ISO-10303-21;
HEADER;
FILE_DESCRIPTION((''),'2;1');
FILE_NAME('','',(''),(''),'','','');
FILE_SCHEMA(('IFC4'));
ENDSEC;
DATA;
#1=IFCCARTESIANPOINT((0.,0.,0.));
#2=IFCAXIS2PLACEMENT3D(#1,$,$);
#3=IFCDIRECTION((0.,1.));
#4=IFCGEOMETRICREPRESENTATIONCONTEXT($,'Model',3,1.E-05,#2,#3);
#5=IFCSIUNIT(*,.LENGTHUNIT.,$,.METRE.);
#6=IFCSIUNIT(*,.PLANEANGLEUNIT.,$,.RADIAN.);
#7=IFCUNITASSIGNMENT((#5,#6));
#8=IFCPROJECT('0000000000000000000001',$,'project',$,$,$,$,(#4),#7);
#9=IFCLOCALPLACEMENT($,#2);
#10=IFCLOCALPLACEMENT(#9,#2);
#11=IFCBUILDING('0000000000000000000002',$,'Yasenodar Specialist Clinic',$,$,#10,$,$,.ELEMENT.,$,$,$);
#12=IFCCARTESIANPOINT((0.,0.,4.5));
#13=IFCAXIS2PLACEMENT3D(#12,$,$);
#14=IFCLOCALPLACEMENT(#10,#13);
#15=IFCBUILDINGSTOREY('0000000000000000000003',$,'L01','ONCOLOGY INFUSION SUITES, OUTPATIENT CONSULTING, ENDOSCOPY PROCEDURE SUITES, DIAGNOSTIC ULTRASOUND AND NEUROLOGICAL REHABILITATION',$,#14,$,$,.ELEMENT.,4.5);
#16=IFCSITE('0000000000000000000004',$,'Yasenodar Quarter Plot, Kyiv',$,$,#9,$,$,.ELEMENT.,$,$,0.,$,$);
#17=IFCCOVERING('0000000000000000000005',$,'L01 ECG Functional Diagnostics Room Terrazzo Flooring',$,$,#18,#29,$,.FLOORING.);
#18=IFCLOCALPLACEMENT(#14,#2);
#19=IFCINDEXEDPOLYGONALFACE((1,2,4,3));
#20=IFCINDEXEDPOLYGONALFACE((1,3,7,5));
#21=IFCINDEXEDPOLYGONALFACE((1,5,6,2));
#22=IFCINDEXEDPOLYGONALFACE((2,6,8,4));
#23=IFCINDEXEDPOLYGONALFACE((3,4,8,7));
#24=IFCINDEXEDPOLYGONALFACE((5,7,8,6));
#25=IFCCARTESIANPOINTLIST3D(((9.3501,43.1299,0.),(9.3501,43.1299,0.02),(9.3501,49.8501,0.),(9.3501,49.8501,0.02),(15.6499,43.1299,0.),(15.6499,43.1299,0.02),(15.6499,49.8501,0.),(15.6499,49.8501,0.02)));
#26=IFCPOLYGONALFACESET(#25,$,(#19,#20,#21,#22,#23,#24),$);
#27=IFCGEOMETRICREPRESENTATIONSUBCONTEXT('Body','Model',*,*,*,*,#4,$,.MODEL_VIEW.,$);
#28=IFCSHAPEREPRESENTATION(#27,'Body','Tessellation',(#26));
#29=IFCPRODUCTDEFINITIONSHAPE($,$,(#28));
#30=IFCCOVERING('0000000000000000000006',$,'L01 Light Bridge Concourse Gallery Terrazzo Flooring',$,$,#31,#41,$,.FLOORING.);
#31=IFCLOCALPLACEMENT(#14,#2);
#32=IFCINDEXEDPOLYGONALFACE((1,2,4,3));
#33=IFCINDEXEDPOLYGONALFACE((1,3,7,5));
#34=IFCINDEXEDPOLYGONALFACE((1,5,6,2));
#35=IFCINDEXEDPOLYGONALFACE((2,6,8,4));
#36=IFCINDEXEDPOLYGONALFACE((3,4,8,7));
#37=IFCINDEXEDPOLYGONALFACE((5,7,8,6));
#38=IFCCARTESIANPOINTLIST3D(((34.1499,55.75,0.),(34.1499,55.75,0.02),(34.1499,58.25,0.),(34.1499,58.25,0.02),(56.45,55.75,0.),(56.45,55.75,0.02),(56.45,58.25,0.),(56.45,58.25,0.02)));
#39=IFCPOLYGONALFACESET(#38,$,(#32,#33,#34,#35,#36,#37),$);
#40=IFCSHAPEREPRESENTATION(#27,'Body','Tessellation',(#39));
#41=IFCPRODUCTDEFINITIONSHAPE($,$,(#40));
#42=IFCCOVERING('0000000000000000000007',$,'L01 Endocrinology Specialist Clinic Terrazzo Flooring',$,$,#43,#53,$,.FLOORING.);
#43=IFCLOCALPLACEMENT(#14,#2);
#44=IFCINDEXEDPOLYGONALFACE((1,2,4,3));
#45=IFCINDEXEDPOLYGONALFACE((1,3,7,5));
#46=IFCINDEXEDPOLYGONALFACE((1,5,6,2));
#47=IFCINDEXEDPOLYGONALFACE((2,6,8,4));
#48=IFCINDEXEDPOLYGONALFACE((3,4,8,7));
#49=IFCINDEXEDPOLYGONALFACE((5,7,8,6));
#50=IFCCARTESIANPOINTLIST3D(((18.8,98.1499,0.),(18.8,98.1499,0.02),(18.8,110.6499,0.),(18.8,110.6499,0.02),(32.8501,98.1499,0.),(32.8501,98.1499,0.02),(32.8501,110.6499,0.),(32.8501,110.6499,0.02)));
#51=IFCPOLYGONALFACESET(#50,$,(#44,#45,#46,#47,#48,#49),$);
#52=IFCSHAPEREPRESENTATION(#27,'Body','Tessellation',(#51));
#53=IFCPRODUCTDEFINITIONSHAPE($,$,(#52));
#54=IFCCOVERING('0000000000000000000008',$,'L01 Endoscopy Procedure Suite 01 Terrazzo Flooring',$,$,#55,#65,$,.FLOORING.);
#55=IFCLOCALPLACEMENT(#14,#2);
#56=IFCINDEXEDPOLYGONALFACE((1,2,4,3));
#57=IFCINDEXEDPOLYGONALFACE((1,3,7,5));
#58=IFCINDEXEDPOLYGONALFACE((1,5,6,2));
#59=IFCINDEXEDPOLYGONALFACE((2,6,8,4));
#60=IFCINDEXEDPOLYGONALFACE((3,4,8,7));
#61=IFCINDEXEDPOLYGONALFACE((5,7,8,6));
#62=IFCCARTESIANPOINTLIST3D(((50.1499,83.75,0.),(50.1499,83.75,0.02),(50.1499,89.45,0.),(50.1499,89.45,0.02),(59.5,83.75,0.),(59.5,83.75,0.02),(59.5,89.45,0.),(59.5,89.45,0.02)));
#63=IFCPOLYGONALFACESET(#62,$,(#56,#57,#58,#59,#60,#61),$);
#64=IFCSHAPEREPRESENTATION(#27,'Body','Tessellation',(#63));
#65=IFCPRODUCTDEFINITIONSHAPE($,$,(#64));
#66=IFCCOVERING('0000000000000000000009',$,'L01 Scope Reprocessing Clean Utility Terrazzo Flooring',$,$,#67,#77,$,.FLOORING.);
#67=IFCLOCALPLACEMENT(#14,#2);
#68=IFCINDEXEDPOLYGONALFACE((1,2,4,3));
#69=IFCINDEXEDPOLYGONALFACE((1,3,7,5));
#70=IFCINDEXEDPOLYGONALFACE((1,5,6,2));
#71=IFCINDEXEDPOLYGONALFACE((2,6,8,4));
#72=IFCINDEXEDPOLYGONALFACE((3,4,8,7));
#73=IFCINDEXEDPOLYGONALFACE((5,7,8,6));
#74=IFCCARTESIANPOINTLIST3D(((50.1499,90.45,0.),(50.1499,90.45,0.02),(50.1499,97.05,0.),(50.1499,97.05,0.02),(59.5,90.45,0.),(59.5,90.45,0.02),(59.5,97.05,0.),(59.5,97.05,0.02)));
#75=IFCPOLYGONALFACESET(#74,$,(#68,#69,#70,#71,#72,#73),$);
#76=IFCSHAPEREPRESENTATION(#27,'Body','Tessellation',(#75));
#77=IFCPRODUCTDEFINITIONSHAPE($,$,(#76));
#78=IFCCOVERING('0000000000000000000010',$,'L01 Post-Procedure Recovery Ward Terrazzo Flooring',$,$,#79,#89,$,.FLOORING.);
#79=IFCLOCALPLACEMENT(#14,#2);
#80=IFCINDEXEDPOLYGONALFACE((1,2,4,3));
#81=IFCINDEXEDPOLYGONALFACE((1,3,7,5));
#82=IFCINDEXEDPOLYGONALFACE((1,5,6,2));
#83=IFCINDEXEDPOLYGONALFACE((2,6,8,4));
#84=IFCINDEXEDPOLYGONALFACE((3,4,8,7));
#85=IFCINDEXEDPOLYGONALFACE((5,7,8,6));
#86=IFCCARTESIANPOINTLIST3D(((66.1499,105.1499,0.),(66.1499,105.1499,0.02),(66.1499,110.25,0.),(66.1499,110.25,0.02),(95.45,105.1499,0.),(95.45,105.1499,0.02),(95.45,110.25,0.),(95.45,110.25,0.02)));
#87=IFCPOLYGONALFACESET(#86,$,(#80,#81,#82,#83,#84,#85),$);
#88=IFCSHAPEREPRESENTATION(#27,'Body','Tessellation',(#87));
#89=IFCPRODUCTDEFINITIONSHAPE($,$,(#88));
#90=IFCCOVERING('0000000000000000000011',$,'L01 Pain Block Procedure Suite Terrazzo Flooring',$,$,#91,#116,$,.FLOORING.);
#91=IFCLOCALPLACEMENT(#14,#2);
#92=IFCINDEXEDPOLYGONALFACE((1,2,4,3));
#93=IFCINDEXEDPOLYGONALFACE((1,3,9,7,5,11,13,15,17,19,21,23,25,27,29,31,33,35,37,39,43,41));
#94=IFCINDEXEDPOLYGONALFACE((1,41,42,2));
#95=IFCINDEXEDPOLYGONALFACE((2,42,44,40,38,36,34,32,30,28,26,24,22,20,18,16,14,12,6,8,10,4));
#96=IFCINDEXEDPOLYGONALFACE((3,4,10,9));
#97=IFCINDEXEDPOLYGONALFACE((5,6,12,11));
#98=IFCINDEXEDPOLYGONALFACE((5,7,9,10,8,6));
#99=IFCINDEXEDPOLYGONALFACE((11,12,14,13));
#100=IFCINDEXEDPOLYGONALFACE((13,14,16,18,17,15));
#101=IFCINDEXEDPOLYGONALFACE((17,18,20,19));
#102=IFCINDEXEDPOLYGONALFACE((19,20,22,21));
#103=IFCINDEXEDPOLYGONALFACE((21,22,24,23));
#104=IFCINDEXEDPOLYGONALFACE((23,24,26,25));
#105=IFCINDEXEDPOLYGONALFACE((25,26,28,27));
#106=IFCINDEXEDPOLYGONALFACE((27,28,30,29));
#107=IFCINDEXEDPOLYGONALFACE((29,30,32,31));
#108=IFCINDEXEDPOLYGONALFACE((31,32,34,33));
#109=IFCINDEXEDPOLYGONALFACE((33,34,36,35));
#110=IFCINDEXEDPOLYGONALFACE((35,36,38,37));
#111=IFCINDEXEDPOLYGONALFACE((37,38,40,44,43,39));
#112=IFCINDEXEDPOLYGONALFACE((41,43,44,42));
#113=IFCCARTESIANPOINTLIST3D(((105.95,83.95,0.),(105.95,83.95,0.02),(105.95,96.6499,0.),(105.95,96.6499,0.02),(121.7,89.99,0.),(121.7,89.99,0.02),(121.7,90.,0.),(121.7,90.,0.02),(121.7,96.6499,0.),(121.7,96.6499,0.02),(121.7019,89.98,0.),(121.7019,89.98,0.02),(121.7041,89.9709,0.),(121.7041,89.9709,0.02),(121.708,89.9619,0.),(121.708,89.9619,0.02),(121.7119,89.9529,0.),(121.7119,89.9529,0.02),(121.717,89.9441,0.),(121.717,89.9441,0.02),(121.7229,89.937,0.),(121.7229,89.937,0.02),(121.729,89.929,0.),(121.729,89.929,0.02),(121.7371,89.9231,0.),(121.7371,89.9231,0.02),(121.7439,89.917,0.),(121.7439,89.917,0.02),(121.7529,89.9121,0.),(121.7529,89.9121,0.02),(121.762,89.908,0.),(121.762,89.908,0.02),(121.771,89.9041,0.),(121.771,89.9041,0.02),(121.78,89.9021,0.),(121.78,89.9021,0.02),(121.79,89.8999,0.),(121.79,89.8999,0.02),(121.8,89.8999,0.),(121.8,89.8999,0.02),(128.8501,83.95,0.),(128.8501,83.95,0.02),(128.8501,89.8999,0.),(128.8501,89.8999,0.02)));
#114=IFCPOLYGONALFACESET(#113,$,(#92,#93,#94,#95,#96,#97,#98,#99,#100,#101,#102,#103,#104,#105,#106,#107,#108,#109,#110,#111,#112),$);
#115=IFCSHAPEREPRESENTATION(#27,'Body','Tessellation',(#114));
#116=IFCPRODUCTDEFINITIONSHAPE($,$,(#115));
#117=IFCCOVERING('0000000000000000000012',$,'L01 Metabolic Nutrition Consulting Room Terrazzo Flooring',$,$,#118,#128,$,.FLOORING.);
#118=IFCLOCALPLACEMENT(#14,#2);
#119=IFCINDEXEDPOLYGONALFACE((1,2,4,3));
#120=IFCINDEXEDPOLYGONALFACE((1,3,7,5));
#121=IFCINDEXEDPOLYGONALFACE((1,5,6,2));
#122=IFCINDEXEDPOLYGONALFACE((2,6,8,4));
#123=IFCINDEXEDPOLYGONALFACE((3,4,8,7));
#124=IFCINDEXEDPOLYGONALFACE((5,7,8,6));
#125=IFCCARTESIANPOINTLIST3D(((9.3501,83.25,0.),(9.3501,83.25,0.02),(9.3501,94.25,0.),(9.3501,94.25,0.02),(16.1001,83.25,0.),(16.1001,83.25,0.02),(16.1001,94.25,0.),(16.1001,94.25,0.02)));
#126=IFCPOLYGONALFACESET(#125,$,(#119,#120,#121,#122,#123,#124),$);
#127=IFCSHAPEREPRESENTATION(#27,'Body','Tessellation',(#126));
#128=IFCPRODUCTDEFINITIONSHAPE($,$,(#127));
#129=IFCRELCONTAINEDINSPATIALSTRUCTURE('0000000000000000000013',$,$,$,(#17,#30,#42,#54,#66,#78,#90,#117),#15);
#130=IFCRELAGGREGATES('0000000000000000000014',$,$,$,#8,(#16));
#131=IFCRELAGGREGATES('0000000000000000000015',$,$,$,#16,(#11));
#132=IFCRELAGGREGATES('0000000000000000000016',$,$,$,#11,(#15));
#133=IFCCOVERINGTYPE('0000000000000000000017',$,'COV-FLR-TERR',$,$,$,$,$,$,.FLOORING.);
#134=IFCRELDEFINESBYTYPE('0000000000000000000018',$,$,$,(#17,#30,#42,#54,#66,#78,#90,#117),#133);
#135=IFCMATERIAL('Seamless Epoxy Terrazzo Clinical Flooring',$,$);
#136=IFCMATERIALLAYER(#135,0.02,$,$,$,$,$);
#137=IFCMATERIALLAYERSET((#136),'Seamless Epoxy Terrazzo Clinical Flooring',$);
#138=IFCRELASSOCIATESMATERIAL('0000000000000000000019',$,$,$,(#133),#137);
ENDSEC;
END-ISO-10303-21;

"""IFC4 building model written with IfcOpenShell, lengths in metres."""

from ifc_helpers import new_model, si_unit, direction, frame, origin, place, context, subcontext, project, spatial, polyline, outline, extrude, material, layer, layer_set, type_object, element, save


model = new_model("IFC4")

# Units and contexts
model_context = context("Model", 3, precision=1e-05, world=origin(), true_north=direction((0.0, 1.0)))
body_context = subcontext(model_context, "Body", "Model", "MODEL_VIEW")
ifc_project = project(units=[si_unit("LENGTHUNIT", "METRE"), si_unit("PLANEANGLEUNIT", "RADIAN")], contexts=[model_context])

# Site, building, storey
site_placement = place(None, origin())
site = spatial("IfcSite", under=ifc_project, at=site_placement, Name="Yasenodar Quarter Plot, Kyiv", CompositionType="ELEMENT", RefElevation=0.0)
building_placement = place(site_placement, origin())
building = spatial("IfcBuilding", under=site, at=building_placement, Name="Yasenodar Specialist Clinic", CompositionType="ELEMENT")
storey_placement = place(building_placement, frame((0.0, 0.0, 4.5)))
storey = spatial("IfcBuildingStorey", under=building, at=storey_placement, Name="L01", Description="ONCOLOGY INFUSION SUITES, OUTPATIENT CONSULTING, ENDOSCOPY PROCEDURE SUITES, DIAGNOSTIC ULTRASOUND AND NEUROLOGICAL REHABILITATION", CompositionType="ELEMENT", Elevation=4.5)

# Coverings
ifc_material_1 = material(Name="Seamless Epoxy Terrazzo Clinical Flooring")
ifc_layer_1 = layer(ifc_material_1, 0.02)
ifc_layer_set_1 = layer_set([ifc_layer_1], Name="Seamless Epoxy Terrazzo Clinical Flooring")
covering_type_1 = type_object("IfcCoveringType", Name="COV-FLR-TERR", PredefinedType="FLOORING", material=ifc_layer_set_1)
covering_1_placement = place(storey_placement, origin())
element("IfcCovering", 1, at=covering_1_placement, inside=storey, type_object=covering_type_1, Name="L01 ECG Functional Diagnostics Room Terrazzo Flooring", PredefinedType="FLOORING", context=body_context, shape_type="SweptSolid", body=[
    extrude(outline(polyline([(15.6499, 49.8501), (15.6499, 43.1299), (9.3501, 43.1299), (9.3501, 49.8501), (15.6499, 49.8501)])), origin(), (0.0, 0.0, 1.0), 0.02),
])
covering_2_placement = place(storey_placement, origin())
element("IfcCovering", 2, at=covering_2_placement, inside=storey, type_object=covering_type_1, Name="L01 Light Bridge Concourse Gallery Terrazzo Flooring", PredefinedType="FLOORING", context=body_context, shape_type="SweptSolid", body=[
    extrude(outline(polyline([(56.45, 55.75), (34.1499, 55.75), (34.1499, 58.25), (56.45, 58.25), (56.45, 55.75)])), origin(), (0.0, 0.0, 1.0), 0.02),
])
covering_3_placement = place(storey_placement, origin())
element("IfcCovering", 3, at=covering_3_placement, inside=storey, type_object=covering_type_1, Name="L01 Endocrinology Specialist Clinic Terrazzo Flooring", PredefinedType="FLOORING", context=body_context, shape_type="SweptSolid", body=[
    extrude(outline(polyline([(32.8501, 98.1499), (18.8, 98.1499), (18.8, 110.6499), (32.8501, 110.6499), (32.8501, 98.1499)])), origin(), (0.0, 0.0, 1.0), 0.02),
])
covering_4_placement = place(storey_placement, origin())
element("IfcCovering", 4, at=covering_4_placement, inside=storey, type_object=covering_type_1, Name="L01 Endoscopy Procedure Suite 01 Terrazzo Flooring", PredefinedType="FLOORING", context=body_context, shape_type="SweptSolid", body=[
    extrude(outline(polyline([(59.5, 89.45), (59.5, 83.75), (50.1499, 83.75), (50.1499, 89.45), (59.5, 89.45)])), origin(), (0.0, 0.0, 1.0), 0.02),
])
covering_5_placement = place(storey_placement, origin())
element("IfcCovering", 5, at=covering_5_placement, inside=storey, type_object=covering_type_1, Name="L01 Scope Reprocessing Clean Utility Terrazzo Flooring", PredefinedType="FLOORING", context=body_context, shape_type="SweptSolid", body=[
    extrude(outline(polyline([(59.5, 97.05), (59.5, 90.45), (50.1499, 90.45), (50.1499, 97.05), (59.5, 97.05)])), origin(), (0.0, 0.0, 1.0), 0.02),
])
covering_6_placement = place(storey_placement, origin())
element("IfcCovering", 6, at=covering_6_placement, inside=storey, type_object=covering_type_1, Name="L01 Post-Procedure Recovery Ward Terrazzo Flooring", PredefinedType="FLOORING", context=body_context, shape_type="SweptSolid", body=[
    extrude(outline(polyline([(95.45, 105.1499), (66.1499, 105.1499), (66.1499, 110.25), (95.45, 110.25), (95.45, 105.1499)])), origin(), (0.0, 0.0, 1.0), 0.02),
])
covering_7_placement = place(storey_placement, origin())
element("IfcCovering", 7, at=covering_7_placement, inside=storey, type_object=covering_type_1, Name="L01 Pain Block Procedure Suite Terrazzo Flooring", PredefinedType="FLOORING", context=body_context, shape_type="SweptSolid", body=[
    extrude(outline(polyline([(128.8501, 83.95), (105.95, 83.95), (105.95, 96.6499), (121.7, 96.6499), (121.7, 90.0), (121.7, 89.99), (121.7019, 89.98), (121.7041, 89.9709), (121.708, 89.9619), (121.7119, 89.9529), (121.717, 89.9441), (121.7229, 89.937), (121.729, 89.929), (121.7371, 89.9231), (121.7439, 89.917), (121.7529, 89.9121), (121.762, 89.908), (121.771, 89.9041), (121.78, 89.9021), (121.79, 89.8999), (121.8, 89.8999), (128.8501, 89.8999), (128.8501, 83.95)])), origin(), (0.0, 0.0, 1.0), 0.02),
])
covering_8_placement = place(storey_placement, origin())
element("IfcCovering", 8, at=covering_8_placement, inside=storey, type_object=covering_type_1, Name="L01 Metabolic Nutrition Consulting Room Terrazzo Flooring", PredefinedType="FLOORING", context=body_context, shape_type="SweptSolid", body=[
    extrude(outline(polyline([(16.1001, 94.25), (16.1001, 83.25), (9.3501, 83.25), (9.3501, 94.25), (16.1001, 94.25)])), origin(), (0.0, 0.0, 1.0), 0.02),
])

save(model, "model.ifc")
